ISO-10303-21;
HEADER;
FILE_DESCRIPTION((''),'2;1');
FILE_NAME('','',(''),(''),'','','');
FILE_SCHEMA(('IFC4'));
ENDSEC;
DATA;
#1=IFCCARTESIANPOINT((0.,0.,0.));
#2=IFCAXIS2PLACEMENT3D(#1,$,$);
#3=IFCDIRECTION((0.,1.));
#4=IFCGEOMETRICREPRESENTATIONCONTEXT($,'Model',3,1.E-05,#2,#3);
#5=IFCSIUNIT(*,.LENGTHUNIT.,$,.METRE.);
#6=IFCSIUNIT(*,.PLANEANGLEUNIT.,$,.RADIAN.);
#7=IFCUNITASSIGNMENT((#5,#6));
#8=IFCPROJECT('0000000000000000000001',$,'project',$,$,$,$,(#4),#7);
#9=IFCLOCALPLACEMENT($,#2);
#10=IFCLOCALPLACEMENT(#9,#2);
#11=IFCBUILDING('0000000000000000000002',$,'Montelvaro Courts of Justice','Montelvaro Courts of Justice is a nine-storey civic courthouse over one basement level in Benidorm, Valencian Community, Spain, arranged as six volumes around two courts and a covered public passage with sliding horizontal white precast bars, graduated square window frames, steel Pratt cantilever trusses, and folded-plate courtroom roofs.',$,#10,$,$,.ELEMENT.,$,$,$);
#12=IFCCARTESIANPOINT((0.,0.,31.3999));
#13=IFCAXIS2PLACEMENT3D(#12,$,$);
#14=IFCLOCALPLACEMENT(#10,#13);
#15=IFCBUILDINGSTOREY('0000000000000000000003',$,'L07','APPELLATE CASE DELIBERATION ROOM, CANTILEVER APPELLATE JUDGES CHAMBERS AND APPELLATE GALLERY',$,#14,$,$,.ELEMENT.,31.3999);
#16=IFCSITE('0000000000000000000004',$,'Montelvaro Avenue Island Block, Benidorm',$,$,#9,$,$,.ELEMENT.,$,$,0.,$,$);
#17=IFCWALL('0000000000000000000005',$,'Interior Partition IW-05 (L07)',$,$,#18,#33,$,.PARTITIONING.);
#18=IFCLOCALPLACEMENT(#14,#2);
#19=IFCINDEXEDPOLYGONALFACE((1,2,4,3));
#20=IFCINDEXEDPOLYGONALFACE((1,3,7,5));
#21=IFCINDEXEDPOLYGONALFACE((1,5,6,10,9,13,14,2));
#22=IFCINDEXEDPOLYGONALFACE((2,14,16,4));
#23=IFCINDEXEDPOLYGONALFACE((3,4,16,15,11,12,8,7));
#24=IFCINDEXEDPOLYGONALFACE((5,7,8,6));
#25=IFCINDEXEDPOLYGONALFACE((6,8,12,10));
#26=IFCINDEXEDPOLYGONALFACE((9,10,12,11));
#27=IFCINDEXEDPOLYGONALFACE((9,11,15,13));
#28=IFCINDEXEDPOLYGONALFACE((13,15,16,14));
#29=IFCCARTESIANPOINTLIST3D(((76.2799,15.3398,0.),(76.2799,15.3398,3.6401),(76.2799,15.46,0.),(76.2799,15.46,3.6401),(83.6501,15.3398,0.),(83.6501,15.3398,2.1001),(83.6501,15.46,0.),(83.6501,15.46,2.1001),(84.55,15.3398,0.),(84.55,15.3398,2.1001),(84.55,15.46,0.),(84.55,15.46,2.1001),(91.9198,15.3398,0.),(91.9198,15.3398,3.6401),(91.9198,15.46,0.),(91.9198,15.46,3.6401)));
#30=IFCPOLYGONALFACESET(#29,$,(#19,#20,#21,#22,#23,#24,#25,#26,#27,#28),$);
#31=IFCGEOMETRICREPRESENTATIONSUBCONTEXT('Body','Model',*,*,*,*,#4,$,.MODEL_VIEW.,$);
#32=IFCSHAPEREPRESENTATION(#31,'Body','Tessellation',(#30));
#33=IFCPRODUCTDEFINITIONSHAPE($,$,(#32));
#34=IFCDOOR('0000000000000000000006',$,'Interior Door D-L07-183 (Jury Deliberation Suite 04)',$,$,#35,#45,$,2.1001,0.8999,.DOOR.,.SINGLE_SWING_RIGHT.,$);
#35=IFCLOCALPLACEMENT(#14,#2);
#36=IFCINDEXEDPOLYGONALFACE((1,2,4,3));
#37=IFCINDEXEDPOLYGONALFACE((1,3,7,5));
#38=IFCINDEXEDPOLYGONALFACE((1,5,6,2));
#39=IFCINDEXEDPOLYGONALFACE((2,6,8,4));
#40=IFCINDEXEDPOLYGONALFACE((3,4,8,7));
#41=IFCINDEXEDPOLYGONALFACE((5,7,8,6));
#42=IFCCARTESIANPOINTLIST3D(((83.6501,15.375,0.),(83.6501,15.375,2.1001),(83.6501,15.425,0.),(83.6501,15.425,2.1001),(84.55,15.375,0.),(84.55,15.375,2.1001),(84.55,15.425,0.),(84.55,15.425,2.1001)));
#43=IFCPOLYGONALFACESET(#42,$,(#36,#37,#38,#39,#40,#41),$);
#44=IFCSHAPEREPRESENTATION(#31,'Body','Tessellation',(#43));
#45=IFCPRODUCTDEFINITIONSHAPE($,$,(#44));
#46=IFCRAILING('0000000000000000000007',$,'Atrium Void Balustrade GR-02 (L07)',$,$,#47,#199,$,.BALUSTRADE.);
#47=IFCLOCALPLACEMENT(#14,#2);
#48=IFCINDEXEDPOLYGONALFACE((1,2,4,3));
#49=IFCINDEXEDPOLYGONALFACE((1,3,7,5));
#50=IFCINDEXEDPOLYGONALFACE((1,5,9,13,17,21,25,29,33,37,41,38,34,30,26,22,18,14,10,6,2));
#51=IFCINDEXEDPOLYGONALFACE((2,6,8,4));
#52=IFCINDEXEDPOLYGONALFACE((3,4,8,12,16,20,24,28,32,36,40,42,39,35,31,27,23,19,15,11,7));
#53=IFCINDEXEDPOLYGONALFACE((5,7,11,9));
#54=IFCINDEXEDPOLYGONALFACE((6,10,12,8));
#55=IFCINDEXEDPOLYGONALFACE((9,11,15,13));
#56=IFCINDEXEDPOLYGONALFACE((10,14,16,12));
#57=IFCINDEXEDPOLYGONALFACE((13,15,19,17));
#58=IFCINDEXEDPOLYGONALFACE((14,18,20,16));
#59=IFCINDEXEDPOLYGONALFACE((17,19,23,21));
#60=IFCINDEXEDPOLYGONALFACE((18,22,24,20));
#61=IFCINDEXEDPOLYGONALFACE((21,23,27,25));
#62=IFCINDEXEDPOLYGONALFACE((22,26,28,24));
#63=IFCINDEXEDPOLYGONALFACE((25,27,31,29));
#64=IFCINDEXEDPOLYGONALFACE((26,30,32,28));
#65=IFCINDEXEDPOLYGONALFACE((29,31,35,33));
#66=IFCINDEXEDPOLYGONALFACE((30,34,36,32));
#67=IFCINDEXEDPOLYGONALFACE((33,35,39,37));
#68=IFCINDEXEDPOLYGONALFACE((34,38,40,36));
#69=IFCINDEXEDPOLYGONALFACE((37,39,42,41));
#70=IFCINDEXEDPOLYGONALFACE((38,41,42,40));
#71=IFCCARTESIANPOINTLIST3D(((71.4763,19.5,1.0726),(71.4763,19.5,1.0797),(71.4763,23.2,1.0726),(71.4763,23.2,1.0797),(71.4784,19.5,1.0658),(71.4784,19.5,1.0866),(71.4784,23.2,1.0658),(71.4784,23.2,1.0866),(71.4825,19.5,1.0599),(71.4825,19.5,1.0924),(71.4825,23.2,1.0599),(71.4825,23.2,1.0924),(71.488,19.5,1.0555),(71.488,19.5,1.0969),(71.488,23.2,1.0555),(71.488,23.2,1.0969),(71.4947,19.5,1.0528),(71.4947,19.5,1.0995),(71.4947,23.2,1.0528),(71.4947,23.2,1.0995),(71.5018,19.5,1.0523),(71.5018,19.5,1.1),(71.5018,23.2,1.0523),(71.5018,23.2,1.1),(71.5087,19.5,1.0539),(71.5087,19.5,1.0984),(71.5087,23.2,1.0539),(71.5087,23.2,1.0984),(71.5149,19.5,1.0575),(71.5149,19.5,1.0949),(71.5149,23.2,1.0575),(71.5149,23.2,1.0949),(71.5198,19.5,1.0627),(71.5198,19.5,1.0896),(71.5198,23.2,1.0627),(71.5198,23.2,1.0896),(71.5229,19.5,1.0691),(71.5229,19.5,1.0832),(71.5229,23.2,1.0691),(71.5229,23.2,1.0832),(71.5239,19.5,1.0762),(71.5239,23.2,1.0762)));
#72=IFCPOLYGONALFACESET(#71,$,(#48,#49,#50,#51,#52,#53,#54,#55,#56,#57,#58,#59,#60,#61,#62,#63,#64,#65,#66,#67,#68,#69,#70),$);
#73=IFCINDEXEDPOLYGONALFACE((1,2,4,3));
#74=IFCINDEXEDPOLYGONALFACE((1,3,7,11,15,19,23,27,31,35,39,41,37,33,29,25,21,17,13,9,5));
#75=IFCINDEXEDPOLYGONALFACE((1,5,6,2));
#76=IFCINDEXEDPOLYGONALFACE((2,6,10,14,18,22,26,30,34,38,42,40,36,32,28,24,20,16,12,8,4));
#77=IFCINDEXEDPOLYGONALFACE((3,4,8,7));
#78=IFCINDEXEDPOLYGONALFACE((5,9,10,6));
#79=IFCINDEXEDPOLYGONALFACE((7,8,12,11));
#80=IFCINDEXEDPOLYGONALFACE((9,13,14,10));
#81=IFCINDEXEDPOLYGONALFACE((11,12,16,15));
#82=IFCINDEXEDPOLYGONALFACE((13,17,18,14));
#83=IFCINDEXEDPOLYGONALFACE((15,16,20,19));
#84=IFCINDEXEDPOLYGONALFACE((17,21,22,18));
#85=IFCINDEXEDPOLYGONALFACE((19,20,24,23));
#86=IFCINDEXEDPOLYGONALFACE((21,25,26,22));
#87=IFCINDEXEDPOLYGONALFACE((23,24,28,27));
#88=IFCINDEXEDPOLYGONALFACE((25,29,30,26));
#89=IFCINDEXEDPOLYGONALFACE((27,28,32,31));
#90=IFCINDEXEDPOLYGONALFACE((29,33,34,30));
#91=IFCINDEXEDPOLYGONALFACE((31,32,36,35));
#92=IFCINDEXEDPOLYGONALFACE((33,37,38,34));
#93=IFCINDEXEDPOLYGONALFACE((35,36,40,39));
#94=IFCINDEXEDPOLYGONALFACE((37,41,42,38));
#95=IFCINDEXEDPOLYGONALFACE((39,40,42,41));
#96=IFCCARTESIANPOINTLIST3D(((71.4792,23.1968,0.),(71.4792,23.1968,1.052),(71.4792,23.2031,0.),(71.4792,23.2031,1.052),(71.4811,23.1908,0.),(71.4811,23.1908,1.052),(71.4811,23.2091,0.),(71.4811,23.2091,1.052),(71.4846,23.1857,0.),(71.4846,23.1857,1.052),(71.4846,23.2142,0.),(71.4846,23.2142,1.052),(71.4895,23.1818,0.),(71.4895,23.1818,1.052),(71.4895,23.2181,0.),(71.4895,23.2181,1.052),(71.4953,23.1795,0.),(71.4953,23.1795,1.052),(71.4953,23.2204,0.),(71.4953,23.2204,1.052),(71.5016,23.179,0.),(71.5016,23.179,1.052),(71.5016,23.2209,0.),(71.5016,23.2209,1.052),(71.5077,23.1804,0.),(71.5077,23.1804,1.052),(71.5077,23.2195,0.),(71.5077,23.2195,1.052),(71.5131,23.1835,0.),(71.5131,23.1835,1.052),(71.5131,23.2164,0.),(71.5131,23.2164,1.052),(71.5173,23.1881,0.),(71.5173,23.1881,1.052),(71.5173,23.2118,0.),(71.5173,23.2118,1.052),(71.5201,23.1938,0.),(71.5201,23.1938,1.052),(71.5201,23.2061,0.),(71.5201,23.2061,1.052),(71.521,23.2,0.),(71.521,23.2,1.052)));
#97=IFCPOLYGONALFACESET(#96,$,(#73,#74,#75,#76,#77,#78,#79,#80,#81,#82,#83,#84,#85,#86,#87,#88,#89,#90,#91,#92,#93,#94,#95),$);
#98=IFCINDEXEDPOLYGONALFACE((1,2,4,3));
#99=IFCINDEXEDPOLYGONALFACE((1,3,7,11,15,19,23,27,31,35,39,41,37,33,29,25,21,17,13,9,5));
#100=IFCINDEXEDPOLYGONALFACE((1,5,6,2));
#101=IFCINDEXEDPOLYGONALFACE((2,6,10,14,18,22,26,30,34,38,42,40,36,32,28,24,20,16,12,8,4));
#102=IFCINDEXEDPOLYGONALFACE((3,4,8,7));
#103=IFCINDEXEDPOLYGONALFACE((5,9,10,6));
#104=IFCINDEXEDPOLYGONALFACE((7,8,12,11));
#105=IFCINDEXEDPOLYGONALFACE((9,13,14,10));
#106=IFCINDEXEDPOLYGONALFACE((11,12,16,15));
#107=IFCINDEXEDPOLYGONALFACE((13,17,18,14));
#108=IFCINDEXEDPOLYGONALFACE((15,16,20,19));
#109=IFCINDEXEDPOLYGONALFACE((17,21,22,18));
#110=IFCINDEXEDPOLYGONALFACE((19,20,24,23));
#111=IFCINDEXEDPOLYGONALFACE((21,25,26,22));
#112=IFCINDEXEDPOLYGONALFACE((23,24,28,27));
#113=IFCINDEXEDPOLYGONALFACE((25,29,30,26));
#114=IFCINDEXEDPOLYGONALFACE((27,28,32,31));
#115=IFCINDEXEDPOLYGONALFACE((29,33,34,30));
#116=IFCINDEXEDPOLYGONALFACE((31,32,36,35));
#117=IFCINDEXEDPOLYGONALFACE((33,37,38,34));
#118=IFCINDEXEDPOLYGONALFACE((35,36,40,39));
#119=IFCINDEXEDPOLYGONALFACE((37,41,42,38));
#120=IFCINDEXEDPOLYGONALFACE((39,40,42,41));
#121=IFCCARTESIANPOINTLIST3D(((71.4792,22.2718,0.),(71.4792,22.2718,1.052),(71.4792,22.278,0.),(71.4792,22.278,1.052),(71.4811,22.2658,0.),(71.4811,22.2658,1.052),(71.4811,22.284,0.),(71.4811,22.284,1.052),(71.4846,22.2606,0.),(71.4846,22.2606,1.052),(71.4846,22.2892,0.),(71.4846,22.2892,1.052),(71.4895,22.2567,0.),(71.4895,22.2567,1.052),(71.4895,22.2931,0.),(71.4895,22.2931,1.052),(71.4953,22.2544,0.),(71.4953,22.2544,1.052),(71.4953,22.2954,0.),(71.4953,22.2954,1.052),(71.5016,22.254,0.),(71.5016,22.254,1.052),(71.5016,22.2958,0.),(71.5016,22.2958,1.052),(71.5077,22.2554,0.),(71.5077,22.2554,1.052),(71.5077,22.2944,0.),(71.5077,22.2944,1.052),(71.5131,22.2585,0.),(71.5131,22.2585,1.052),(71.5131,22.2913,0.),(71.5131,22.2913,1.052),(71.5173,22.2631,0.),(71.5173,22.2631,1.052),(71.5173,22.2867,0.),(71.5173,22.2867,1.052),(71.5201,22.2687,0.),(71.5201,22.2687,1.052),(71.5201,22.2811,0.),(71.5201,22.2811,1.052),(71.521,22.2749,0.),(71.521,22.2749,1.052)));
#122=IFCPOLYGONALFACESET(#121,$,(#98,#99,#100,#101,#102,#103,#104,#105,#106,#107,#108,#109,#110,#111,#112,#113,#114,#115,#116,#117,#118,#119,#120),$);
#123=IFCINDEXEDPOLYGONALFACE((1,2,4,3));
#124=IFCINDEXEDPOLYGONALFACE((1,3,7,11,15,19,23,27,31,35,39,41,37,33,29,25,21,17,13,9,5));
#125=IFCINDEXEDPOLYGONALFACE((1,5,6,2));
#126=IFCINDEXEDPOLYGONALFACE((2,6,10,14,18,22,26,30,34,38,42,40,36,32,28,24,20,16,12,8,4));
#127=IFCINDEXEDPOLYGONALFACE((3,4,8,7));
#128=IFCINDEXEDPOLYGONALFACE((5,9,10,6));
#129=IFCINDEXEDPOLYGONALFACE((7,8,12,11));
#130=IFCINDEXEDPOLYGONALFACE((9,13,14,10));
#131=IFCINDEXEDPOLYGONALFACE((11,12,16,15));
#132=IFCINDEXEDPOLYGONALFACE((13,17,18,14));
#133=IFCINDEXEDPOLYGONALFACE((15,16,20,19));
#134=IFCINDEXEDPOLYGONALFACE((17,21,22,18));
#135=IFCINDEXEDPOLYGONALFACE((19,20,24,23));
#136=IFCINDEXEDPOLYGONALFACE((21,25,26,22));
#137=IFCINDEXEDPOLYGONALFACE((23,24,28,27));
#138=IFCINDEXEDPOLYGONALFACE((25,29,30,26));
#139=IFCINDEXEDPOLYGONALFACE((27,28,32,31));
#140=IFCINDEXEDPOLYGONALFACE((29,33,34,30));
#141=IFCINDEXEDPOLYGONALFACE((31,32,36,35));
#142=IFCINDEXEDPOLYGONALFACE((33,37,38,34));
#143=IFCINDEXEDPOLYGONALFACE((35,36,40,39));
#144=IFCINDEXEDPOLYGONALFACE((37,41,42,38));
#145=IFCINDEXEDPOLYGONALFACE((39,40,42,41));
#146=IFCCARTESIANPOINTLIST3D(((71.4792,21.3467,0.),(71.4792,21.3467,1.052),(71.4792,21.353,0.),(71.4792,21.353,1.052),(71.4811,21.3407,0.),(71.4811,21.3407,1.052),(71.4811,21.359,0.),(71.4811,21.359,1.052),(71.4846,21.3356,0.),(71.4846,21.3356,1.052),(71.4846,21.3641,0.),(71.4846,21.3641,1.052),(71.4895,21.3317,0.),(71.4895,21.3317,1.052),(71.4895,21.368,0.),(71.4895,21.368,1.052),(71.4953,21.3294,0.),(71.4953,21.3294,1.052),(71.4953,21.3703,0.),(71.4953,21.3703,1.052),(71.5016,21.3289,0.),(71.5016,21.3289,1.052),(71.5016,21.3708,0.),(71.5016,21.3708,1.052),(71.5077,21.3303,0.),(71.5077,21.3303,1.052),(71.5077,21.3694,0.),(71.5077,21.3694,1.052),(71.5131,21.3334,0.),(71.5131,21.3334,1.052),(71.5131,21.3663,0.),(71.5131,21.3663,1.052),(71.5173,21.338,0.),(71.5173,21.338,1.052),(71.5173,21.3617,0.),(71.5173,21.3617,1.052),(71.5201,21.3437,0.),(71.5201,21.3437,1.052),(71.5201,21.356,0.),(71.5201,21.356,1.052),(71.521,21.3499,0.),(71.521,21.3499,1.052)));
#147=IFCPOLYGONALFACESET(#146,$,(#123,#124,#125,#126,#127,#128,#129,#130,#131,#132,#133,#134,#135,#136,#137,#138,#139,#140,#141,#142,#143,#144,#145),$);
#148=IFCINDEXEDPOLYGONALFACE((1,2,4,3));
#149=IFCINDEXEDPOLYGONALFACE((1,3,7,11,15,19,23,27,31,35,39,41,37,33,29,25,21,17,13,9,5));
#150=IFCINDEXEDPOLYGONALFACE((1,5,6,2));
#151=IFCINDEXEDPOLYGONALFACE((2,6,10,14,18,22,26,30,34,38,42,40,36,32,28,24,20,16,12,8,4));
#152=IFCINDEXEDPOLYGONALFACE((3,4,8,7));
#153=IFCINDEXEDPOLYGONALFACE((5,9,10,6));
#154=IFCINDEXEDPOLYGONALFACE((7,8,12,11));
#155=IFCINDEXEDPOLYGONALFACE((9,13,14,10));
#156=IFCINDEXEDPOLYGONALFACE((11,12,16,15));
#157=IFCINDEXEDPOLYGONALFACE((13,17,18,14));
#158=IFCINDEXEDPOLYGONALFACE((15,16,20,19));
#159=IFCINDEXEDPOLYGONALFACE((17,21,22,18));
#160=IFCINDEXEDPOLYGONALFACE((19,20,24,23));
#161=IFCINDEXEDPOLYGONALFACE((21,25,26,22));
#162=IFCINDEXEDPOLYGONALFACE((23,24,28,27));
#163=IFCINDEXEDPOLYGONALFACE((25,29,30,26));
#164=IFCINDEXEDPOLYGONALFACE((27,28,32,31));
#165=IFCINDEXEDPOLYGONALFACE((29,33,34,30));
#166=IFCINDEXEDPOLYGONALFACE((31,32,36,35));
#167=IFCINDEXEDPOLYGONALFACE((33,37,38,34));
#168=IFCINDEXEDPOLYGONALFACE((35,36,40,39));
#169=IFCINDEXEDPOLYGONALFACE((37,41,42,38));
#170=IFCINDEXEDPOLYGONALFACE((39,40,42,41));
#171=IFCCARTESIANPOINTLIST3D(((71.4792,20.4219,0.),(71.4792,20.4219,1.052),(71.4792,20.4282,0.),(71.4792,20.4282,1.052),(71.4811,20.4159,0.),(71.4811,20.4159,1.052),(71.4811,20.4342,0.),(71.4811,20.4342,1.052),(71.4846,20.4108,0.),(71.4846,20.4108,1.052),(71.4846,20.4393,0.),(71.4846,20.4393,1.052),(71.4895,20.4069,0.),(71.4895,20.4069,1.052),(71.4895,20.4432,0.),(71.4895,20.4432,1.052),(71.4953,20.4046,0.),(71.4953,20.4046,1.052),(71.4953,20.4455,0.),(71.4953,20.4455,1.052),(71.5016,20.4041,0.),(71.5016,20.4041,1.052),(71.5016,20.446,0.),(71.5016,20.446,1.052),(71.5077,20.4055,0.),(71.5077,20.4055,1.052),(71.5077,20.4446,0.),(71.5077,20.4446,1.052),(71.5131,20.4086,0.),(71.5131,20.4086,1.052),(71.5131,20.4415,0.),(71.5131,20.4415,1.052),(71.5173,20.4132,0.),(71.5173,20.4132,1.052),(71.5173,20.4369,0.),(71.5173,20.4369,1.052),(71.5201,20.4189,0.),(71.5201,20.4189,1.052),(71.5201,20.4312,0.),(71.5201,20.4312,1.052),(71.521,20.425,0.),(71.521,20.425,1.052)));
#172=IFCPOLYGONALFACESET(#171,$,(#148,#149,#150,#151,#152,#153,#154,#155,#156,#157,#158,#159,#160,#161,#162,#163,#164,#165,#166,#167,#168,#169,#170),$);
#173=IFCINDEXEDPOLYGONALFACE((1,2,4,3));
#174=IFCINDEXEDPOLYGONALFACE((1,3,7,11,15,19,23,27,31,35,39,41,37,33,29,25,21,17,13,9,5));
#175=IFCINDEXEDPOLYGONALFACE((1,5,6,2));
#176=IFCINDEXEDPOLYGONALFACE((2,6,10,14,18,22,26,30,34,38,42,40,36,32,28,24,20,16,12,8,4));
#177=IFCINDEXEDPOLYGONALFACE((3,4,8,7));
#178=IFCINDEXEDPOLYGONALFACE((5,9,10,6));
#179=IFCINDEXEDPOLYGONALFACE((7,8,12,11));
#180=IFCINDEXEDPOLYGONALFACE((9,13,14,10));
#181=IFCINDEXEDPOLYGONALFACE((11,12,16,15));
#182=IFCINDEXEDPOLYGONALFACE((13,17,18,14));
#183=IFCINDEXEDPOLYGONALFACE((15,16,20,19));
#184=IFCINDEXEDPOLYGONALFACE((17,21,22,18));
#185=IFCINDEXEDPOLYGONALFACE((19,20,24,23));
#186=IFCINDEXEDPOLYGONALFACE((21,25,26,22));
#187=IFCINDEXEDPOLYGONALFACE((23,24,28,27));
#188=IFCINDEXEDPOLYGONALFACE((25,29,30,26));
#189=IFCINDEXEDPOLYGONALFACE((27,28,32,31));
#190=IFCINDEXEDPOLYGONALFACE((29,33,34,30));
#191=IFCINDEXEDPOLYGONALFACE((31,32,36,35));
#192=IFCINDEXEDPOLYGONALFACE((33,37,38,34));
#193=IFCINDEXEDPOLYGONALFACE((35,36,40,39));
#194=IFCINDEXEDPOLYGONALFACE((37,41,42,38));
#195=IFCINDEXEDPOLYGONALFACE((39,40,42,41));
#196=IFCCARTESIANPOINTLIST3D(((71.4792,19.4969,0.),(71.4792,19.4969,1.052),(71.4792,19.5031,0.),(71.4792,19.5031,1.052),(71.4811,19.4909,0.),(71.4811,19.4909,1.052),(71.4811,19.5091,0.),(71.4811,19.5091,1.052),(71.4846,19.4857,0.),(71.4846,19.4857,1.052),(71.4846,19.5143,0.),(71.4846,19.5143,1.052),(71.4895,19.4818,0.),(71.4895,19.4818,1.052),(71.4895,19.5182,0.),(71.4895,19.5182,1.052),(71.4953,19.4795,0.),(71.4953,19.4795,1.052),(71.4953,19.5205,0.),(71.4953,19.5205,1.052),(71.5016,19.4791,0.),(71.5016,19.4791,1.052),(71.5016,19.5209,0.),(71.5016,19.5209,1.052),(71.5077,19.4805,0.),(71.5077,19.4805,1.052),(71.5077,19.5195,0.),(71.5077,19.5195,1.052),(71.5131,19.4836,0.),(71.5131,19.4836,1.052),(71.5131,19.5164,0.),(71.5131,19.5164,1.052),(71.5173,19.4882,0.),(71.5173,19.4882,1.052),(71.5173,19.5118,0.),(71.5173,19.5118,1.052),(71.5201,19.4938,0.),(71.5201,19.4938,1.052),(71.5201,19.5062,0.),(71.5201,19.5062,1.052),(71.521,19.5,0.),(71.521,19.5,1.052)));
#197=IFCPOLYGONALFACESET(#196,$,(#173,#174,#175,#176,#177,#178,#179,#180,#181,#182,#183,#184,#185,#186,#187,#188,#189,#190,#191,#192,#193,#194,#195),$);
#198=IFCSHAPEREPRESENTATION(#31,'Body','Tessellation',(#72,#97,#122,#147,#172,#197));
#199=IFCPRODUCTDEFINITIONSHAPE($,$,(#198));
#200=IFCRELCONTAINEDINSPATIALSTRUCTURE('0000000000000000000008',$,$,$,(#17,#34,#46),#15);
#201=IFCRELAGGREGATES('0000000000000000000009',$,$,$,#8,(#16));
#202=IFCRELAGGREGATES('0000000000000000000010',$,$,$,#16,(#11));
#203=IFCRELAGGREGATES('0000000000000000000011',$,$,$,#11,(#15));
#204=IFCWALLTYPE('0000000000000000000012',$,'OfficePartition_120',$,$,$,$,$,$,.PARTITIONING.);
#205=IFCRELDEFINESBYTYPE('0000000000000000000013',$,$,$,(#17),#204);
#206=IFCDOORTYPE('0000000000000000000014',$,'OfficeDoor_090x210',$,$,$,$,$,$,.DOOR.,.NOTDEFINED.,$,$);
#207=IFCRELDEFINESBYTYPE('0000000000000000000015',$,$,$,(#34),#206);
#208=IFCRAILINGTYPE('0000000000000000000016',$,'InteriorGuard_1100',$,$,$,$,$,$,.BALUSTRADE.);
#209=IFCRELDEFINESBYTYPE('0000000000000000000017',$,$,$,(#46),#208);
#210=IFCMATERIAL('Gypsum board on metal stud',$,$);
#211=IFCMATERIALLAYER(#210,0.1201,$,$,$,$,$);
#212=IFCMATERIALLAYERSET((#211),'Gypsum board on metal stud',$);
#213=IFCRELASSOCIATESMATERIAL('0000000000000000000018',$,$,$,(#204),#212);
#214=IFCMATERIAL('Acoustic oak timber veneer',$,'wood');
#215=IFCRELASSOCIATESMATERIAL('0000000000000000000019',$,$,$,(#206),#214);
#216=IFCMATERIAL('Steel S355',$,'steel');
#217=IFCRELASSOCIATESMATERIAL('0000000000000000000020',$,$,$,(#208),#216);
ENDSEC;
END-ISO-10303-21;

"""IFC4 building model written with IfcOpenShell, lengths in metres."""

from ifc_helpers import new_model, si_unit, direction, frame, frame_2d, origin, origin_2d, place, context, subcontext, project, spatial, rectangle, circle, extrude, material, layer, layer_set, type_object, element, fill, save


model = new_model("IFC4")

# Units and contexts
model_context = context("Model", 3, precision=1e-05, world=origin(), true_north=direction((0.0, 1.0)))
body_context = subcontext(model_context, "Body", "Model", "MODEL_VIEW")
ifc_project = project(units=[si_unit("LENGTHUNIT", "METRE"), si_unit("PLANEANGLEUNIT", "RADIAN")], contexts=[model_context])

# Site, building, storey
site_placement = place(None, origin())
site = spatial("IfcSite", under=ifc_project, at=site_placement, Name="Montelvaro Avenue Island Block, Benidorm", CompositionType="ELEMENT", RefElevation=0.0)
building_placement = place(site_placement, origin())
building = spatial("IfcBuilding", under=site, at=building_placement, Name="Montelvaro Courts of Justice", Description="Montelvaro Courts of Justice is a nine-storey civic courthouse over one basement level in Benidorm, Valencian Community, Spain, arranged as six volumes around two courts and a covered public passage with sliding horizontal white precast bars, graduated square window frames, steel Pratt cantilever trusses, and folded-plate courtroom roofs.", CompositionType="ELEMENT")
storey_placement = place(building_placement, frame((0.0, 0.0, 31.3999)))
storey = spatial("IfcBuildingStorey", under=building, at=storey_placement, Name="L07", Description="APPELLATE CASE DELIBERATION ROOM, CANTILEVER APPELLATE JUDGES CHAMBERS AND APPELLATE GALLERY", CompositionType="ELEMENT", Elevation=31.3999)

# Shared definitions
ifc_material_1 = material(Name="Steel S355", Category="steel")

# Shared definitions
ifc_material_2 = material(Name="Gypsum board on metal stud")

# Shared definitions
ifc_layer_1 = layer(ifc_material_2, 0.1201)
ifc_layer_set_1 = layer_set([ifc_layer_1], Name="Gypsum board on metal stud")
wall_type_1 = type_object("IfcWallType", Name="OfficePartition_120", PredefinedType="PARTITIONING", material=ifc_layer_set_1)

# Wall, opening, door
ifc_material_3 = material(Name="Acoustic oak timber veneer", Category="wood")
wall_1_placement = place(storey_placement, frame((76.28, 15.3999, 0.0), z_axis=(0.0, 0.0, 1.0), x_axis=(1.0, 0.0, 0.0)))
wall_1 = element("IfcWall", 1, at=wall_1_placement, inside=storey, type_object=wall_type_1, Name="Interior Partition IW-05 (L07)", PredefinedType="PARTITIONING", context=body_context, shape_type="SweptSolid", body=[
    extrude(rectangle(XDim=15.6399, YDim=0.1201, at=frame_2d((7.8198, 0.0))), origin(), (0.0, 0.0, 1.0), 3.6401),
])
opening_1_placement = place(wall_1_placement, frame((7.3701, 0.0, 0.0)))
opening_1 = element("IfcOpeningElement", 2, at=opening_1_placement, cuts=wall_1, PredefinedType="OPENING", context=body_context, shape_type="SweptSolid", body=[
    extrude(rectangle(XDim=0.8999, YDim=2.1001, at=frame_2d((0.45, 1.05))), frame((0.0, 0.075, 0.0), z_axis=(0.0, -1.0, 0.0), x_axis=(1.0, 0.0, 0.0)), (0.0, 0.0, 1.0), 0.1499),
])
door_type_1 = type_object("IfcDoorType", Name="OfficeDoor_090x210", OperationType="NOTDEFINED", PredefinedType="DOOR", material=ifc_material_3)
door_1_placement = place(opening_1_placement, frame((0.8999, 0.0, 0.0), z_axis=(0.0, 0.0, 1.0), x_axis=(-1.0, 0.0, 0.0)))
door_1 = element("IfcDoor", 3, at=door_1_placement, inside=storey, type_object=door_type_1, Name="Interior Door D-L07-183 (Jury Deliberation Suite 04)", OperationType="SINGLE_SWING_RIGHT", OverallHeight=2.1001, OverallWidth=0.8999, PredefinedType="DOOR", context=body_context, shape_type="SweptSolid", body=[
    extrude(rectangle(XDim=0.8999, YDim=2.1001, at=frame_2d((0.45, 1.05))), frame((0.0, 0.0249, 0.0), z_axis=(0.0, -1.0, 0.0), x_axis=(1.0, 0.0, 0.0)), (0.0, 0.0, 1.0), 0.05),
])
fill(opening_1, door_1)

# Railing
railing_type = type_object("IfcRailingType", Name="InteriorGuard_1100", PredefinedType="BALUSTRADE", material=ifc_material_1)
railing_1_placement = place(storey_placement, frame((71.5, 23.2, 0.0)))
element("IfcRailing", 4, at=railing_1_placement, inside=storey, type_object=railing_type, Name="Atrium Void Balustrade GR-02 (L07)", PredefinedType="BALUSTRADE", context=body_context, shape_type="SweptSolid", body=[
    extrude(circle(Radius=0.0239, at=origin_2d()), frame((0.0, 0.0, 1.0762), z_axis=(0.0, -1.0, 0.0), x_axis=(1.0, 0.0, 0.0)), (0.0, 0.0, 1.0), 3.7),
    extrude(circle(Radius=0.021, at=origin_2d()), origin(), (0.0, 0.0, 1.0), 1.052),
    extrude(circle(Radius=0.021, at=origin_2d()), frame((0.0, -0.925, 0.0)), (0.0, 0.0, 1.0), 1.052),
    extrude(circle(Radius=0.021, at=origin_2d()), frame((0.0, -1.8501, 0.0)), (0.0, 0.0, 1.0), 1.052),
    extrude(circle(Radius=0.021, at=origin_2d()), frame((0.0, -2.7749, 0.0)), (0.0, 0.0, 1.0), 1.052),
    extrude(circle(Radius=0.021, at=origin_2d()), frame((0.0, -3.7, 0.0)), (0.0, 0.0, 1.0), 1.052),
])

save(model, "model.ifc")
